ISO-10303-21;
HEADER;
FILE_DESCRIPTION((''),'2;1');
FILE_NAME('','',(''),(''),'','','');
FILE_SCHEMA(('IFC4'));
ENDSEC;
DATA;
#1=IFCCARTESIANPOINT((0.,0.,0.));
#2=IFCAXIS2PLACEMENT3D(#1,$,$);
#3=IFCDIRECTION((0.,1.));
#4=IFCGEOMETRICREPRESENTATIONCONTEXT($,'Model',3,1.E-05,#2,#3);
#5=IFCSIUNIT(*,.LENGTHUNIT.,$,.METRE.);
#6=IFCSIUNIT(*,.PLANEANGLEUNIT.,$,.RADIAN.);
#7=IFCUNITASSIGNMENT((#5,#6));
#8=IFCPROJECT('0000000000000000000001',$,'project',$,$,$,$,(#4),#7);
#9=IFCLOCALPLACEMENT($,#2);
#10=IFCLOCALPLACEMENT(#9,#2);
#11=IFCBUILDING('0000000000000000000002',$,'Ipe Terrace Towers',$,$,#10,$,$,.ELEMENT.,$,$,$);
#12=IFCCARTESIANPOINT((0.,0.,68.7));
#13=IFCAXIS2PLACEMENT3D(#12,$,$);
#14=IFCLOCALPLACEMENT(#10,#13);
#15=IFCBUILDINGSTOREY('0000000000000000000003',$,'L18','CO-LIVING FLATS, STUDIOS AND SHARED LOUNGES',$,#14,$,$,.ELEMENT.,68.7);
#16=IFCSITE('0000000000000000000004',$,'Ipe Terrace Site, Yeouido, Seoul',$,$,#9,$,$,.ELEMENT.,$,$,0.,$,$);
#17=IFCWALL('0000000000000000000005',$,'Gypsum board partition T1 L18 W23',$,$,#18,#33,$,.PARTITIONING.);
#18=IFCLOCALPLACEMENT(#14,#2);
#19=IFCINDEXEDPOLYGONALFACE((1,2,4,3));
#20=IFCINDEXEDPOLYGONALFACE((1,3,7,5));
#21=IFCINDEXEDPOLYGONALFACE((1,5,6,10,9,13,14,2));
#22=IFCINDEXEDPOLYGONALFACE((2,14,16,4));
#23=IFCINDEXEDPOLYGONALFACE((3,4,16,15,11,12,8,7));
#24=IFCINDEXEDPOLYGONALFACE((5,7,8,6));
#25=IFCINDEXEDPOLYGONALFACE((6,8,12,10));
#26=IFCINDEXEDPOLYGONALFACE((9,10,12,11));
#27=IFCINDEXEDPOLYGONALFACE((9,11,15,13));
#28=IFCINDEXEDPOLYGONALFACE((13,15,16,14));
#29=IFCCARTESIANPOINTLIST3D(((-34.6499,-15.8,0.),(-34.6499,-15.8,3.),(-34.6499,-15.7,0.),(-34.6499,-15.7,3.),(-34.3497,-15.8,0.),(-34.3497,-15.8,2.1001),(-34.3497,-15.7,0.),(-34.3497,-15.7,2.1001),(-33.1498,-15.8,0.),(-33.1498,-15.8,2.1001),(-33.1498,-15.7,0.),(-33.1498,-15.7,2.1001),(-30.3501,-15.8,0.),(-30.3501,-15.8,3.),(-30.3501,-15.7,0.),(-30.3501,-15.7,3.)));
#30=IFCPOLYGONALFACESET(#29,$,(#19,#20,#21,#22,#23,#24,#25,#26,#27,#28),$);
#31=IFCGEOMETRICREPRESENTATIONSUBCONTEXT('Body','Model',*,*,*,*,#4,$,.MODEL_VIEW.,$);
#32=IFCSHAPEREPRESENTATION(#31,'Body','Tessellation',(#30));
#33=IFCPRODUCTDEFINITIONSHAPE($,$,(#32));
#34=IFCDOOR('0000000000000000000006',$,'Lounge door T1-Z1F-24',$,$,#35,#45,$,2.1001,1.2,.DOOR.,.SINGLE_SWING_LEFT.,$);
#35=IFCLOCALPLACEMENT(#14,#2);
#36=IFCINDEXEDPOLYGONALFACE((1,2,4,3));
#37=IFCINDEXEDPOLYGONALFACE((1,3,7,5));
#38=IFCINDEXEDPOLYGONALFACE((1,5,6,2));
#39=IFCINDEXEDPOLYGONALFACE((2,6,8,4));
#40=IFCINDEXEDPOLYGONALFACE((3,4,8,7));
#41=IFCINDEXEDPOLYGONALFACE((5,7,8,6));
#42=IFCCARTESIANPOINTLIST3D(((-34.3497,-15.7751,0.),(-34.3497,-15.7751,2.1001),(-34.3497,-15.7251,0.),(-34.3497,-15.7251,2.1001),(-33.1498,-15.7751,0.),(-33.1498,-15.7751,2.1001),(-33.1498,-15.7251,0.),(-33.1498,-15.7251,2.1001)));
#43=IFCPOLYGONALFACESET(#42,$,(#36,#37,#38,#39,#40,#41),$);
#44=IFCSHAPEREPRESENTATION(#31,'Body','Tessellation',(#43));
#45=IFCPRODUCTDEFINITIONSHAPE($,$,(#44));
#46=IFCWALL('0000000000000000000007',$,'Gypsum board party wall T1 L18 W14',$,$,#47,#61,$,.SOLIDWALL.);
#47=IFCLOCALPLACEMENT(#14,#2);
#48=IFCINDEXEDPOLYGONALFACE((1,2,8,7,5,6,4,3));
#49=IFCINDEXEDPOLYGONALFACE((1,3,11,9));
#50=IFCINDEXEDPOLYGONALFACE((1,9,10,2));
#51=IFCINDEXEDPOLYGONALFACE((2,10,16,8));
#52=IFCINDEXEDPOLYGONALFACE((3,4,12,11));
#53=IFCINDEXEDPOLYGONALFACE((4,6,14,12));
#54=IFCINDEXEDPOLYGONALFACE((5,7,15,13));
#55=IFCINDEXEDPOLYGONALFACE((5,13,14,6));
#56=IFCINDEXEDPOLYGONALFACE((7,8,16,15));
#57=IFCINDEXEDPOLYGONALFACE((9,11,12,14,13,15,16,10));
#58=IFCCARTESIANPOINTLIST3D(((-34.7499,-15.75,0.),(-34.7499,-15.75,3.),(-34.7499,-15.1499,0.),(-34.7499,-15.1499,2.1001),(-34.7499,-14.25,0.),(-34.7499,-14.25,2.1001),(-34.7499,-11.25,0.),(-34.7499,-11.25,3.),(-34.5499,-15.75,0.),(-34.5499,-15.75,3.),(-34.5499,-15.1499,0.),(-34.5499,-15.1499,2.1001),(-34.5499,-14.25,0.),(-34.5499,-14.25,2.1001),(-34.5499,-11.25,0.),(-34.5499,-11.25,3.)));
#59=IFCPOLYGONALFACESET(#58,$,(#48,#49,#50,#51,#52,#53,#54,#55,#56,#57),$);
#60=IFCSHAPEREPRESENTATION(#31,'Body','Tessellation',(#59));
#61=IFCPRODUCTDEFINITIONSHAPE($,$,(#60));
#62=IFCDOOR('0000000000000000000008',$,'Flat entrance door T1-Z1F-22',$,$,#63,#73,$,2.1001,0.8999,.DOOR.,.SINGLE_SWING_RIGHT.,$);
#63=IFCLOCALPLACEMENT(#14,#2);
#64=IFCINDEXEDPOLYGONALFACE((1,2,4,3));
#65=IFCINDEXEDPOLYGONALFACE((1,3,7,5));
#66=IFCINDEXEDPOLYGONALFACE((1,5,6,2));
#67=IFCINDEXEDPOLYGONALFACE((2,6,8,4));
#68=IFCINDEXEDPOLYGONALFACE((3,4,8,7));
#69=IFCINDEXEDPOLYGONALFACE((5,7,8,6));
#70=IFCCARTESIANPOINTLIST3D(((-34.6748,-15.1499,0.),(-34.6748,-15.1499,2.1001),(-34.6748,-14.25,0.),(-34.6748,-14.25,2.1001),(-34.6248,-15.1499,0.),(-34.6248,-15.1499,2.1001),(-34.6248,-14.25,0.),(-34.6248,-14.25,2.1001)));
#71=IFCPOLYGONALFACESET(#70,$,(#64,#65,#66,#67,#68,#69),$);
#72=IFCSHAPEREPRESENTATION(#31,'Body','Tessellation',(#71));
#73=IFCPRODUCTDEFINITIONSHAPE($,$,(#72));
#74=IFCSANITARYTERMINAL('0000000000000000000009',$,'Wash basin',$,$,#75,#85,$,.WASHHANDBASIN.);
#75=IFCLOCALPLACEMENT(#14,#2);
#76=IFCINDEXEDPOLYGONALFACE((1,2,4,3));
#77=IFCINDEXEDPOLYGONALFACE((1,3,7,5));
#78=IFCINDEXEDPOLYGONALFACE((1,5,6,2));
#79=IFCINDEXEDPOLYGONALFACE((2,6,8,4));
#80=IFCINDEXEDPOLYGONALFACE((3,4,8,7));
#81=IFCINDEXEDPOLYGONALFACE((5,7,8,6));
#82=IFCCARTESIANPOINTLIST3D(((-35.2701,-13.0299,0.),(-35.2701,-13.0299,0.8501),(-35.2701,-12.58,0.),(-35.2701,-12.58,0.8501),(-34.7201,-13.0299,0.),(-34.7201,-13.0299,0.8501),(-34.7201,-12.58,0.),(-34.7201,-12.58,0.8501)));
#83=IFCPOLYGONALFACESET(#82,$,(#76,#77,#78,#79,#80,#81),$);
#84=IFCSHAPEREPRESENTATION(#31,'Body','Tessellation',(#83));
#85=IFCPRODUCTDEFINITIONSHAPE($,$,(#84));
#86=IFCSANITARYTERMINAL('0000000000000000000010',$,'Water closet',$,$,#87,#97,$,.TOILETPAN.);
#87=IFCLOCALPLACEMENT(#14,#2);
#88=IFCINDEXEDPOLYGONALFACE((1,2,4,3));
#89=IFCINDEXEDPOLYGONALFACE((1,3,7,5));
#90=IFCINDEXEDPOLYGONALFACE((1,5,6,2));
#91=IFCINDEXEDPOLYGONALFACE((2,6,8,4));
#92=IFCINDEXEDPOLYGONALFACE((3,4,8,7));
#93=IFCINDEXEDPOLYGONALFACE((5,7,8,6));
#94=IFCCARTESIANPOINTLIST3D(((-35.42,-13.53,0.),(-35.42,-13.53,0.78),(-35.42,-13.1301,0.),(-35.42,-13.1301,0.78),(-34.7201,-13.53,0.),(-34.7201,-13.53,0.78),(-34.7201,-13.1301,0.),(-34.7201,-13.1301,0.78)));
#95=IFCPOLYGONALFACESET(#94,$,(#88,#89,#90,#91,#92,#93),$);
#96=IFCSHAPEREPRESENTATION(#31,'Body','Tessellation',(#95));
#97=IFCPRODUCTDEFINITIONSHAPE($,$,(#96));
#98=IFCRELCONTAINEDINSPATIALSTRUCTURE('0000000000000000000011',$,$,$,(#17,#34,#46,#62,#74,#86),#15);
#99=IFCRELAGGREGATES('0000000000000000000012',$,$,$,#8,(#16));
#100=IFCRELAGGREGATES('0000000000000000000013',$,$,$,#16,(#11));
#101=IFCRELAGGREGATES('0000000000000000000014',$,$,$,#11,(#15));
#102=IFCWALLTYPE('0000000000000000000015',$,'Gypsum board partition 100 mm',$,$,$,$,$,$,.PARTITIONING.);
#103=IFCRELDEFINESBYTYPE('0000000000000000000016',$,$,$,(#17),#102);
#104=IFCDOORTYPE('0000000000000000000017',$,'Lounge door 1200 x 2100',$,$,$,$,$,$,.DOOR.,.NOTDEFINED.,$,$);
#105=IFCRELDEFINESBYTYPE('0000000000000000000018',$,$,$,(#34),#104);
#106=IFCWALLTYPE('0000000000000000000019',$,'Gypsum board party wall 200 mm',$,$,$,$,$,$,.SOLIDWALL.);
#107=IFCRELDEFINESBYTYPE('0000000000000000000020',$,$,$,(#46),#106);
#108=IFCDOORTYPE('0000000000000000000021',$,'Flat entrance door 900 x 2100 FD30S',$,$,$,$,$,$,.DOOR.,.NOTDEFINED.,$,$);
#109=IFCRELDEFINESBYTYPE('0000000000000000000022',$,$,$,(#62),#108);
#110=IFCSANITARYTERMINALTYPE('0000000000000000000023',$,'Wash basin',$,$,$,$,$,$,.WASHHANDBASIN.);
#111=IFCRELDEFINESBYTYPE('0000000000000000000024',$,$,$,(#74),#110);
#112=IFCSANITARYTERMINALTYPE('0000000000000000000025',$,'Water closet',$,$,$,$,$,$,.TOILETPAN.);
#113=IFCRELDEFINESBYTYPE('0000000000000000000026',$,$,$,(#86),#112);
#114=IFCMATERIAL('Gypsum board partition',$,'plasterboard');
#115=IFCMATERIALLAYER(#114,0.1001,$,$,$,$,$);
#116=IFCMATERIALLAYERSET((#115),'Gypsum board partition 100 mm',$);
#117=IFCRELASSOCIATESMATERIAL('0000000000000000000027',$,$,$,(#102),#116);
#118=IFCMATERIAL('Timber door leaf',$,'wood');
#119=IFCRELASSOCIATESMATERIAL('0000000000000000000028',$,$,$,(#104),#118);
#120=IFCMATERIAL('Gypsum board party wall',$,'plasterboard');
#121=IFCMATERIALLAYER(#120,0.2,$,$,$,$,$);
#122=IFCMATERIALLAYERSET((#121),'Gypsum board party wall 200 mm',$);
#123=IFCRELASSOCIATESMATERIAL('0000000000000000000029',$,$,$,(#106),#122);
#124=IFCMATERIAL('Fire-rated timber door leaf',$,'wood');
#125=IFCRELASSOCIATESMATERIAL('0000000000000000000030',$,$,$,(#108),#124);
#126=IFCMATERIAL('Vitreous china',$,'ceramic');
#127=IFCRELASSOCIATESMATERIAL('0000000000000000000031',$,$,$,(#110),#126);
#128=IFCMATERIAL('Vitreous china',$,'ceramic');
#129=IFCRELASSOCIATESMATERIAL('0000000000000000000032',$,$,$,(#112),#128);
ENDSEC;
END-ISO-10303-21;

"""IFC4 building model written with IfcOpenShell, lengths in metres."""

from ifc_helpers import new_model, si_unit, direction, frame, frame_2d, origin, origin_2d, place, context, subcontext, project, spatial, rectangle, extrude, material, layer, layer_set, type_object, element, fill, save


model = new_model("IFC4")

# Units and contexts
model_context = context("Model", 3, precision=1e-05, world=origin(), true_north=direction((0.0, 1.0)))
body_context = subcontext(model_context, "Body", "Model", "MODEL_VIEW")
ifc_project = project(units=[si_unit("LENGTHUNIT", "METRE"), si_unit("PLANEANGLEUNIT", "RADIAN")], contexts=[model_context])

# Site, building, storey
site_placement = place(None, origin())
site = spatial("IfcSite", under=ifc_project, at=site_placement, Name="Ipe Terrace Site, Yeouido, Seoul", CompositionType="ELEMENT", RefElevation=0.0)
building_placement = place(site_placement, origin())
building = spatial("IfcBuilding", under=site, at=building_placement, Name="Ipe Terrace Towers", CompositionType="ELEMENT")
storey_placement = place(building_placement, frame((0.0, 0.0, 68.7)))
storey = spatial("IfcBuildingStorey", under=building, at=storey_placement, Name="L18", Description="CO-LIVING FLATS, STUDIOS AND SHARED LOUNGES", CompositionType="ELEMENT", Elevation=68.7)

# Shared definitions
ifc_material_1 = material(Name="Gypsum board partition", Category="plasterboard")
ifc_layer_1 = layer(ifc_material_1, 0.1001)
ifc_layer_set_1 = layer_set([ifc_layer_1], Name="Gypsum board partition 100 mm")
wall_type_1 = type_object("IfcWallType", Name="Gypsum board partition 100 mm", PredefinedType="PARTITIONING", material=ifc_layer_set_1)

# Walls, openings, doors
wall_1_placement = place(storey_placement, frame((-34.6499, -15.75, 0.0), z_axis=(0.0, 0.0, 1.0), x_axis=(1.0, 0.0, 0.0)))
wall_1 = element("IfcWall", 1, at=wall_1_placement, inside=storey, type_object=wall_type_1, Name="Gypsum board partition T1 L18 W23", PredefinedType="PARTITIONING", context=body_context, shape_type="SweptSolid", body=[
    extrude(rectangle(XDim=4.2998, YDim=0.1001, at=frame_2d((2.1499, 0.0))), origin(), (0.0, 0.0, 1.0), 3.0),
])
opening_1_placement = place(wall_1_placement, frame((0.3, 0.0, 0.0)))
opening_1 = element("IfcOpeningElement", 2, at=opening_1_placement, cuts=wall_1, PredefinedType="OPENING", context=body_context, shape_type="SweptSolid", body=[
    extrude(rectangle(XDim=1.2, YDim=2.1001, at=frame_2d((0.6001, 1.05))), frame((0.0, 0.0601, 0.0), z_axis=(0.0, -1.0, 0.0), x_axis=(1.0, 0.0, 0.0)), (0.0, 0.0, 1.0), 0.1201),
])
ifc_material_2 = material(Name="Timber door leaf", Category="wood")
door_type_1 = type_object("IfcDoorType", Name="Lounge door 1200 x 2100", OperationType="NOTDEFINED", PredefinedType="DOOR", material=ifc_material_2)
door_1_placement = place(opening_1_placement, origin())
door_1 = element("IfcDoor", 3, at=door_1_placement, inside=storey, type_object=door_type_1, Name="Lounge door T1-Z1F-24", OperationType="SINGLE_SWING_LEFT", OverallHeight=2.1001, OverallWidth=1.2, PredefinedType="DOOR", context=body_context, shape_type="SweptSolid", body=[
    extrude(rectangle(XDim=1.2, YDim=2.1001, at=frame_2d((0.6001, 1.05))), frame((0.0, 0.0249, 0.0), z_axis=(0.0, -1.0, 0.0), x_axis=(1.0, 0.0, 0.0)), (0.0, 0.0, 1.0), 0.05),
])
fill(opening_1, door_1)
ifc_material_3 = material(Name="Gypsum board party wall", Category="plasterboard")
ifc_layer_2 = layer(ifc_material_3, 0.2)
ifc_layer_set_2 = layer_set([ifc_layer_2], Name="Gypsum board party wall 200 mm")
wall_type_2 = type_object("IfcWallType", Name="Gypsum board party wall 200 mm", PredefinedType="SOLIDWALL", material=ifc_layer_set_2)
wall_2_placement = place(storey_placement, frame((-34.6499, -15.75, 0.0), z_axis=(0.0, 0.0, 1.0), x_axis=(0.0, 1.0, 0.0)))
wall_2 = element("IfcWall", 4, at=wall_2_placement, inside=storey, type_object=wall_type_2, Name="Gypsum board party wall T1 L18 W14", PredefinedType="SOLIDWALL", context=body_context, shape_type="SweptSolid", body=[
    extrude(rectangle(XDim=4.5, YDim=0.2, at=frame_2d((2.25, 0.0))), origin(), (0.0, 0.0, 1.0), 3.0),
])
opening_2_placement = place(wall_2_placement, frame((0.6001, 0.0, 0.0)))
opening_2 = element("IfcOpeningElement", 5, at=opening_2_placement, cuts=wall_2, PredefinedType="OPENING", context=body_context, shape_type="SweptSolid", body=[
    extrude(rectangle(XDim=0.8999, YDim=2.1001, at=frame_2d((0.45, 1.05))), frame((0.0, 0.1099, 0.0), z_axis=(0.0, -1.0, 0.0), x_axis=(1.0, 0.0, 0.0)), (0.0, 0.0, 1.0), 0.22),
])
ifc_material_4 = material(Name="Fire-rated timber door leaf", Category="wood")
door_type_2 = type_object("IfcDoorType", Name="Flat entrance door 900 x 2100 FD30S", OperationType="NOTDEFINED", PredefinedType="DOOR", material=ifc_material_4)
door_2_placement = place(opening_2_placement, origin())
door_2 = element("IfcDoor", 6, at=door_2_placement, inside=storey, type_object=door_type_2, Name="Flat entrance door T1-Z1F-22", OperationType="SINGLE_SWING_RIGHT", OverallHeight=2.1001, OverallWidth=0.8999, PredefinedType="DOOR", context=body_context, shape_type="SweptSolid", body=[
    extrude(rectangle(XDim=0.8999, YDim=2.1001, at=frame_2d((0.45, 1.05))), frame((0.0, 0.0249, 0.0), z_axis=(0.0, -1.0, 0.0), x_axis=(1.0, 0.0, 0.0)), (0.0, 0.0, 1.0), 0.05),
])
fill(opening_2, door_2)

# Sanitary terminals
ifc_material_5 = material(Name="Vitreous china", Category="ceramic")
sanitary_terminal_type_1 = type_object("IfcSanitaryTerminalType", Name="Wash basin", PredefinedType="WASHHANDBASIN", material=ifc_material_5)
sanitary_terminal_1_placement = place(storey_placement, frame((-34.9951, -12.8049, 0.0), z_axis=(0.0, 0.0, 1.0), x_axis=(-1.0, 0.0, 0.0)))
element("IfcSanitaryTerminal", 7, at=sanitary_terminal_1_placement, inside=storey, type_object=sanitary_terminal_type_1, Name="Wash basin", PredefinedType="WASHHANDBASIN", context=body_context, shape_type="SweptSolid", body=[
    extrude(rectangle(XDim=0.55, YDim=0.45, at=origin_2d()), origin(), (0.0, 0.0, 1.0), 0.8501),
])
ifc_material_6 = material(Name="Vitreous china", Category="ceramic")
sanitary_terminal_type_2 = type_object("IfcSanitaryTerminalType", Name="Water closet", PredefinedType="TOILETPAN", material=ifc_material_6)
sanitary_terminal_2_placement = place(storey_placement, frame((-35.0701, -13.3301, 0.0), z_axis=(0.0, 0.0, 1.0), x_axis=(-1.0, 0.0, 0.0)))
element("IfcSanitaryTerminal", 8, at=sanitary_terminal_2_placement, inside=storey, type_object=sanitary_terminal_type_2, Name="Water closet", PredefinedType="TOILETPAN", context=body_context, shape_type="SweptSolid", body=[
    extrude(rectangle(XDim=0.7, YDim=0.3999, at=origin_2d()), origin(), (0.0, 0.0, 1.0), 0.78),
])

save(model, "model.ifc")
